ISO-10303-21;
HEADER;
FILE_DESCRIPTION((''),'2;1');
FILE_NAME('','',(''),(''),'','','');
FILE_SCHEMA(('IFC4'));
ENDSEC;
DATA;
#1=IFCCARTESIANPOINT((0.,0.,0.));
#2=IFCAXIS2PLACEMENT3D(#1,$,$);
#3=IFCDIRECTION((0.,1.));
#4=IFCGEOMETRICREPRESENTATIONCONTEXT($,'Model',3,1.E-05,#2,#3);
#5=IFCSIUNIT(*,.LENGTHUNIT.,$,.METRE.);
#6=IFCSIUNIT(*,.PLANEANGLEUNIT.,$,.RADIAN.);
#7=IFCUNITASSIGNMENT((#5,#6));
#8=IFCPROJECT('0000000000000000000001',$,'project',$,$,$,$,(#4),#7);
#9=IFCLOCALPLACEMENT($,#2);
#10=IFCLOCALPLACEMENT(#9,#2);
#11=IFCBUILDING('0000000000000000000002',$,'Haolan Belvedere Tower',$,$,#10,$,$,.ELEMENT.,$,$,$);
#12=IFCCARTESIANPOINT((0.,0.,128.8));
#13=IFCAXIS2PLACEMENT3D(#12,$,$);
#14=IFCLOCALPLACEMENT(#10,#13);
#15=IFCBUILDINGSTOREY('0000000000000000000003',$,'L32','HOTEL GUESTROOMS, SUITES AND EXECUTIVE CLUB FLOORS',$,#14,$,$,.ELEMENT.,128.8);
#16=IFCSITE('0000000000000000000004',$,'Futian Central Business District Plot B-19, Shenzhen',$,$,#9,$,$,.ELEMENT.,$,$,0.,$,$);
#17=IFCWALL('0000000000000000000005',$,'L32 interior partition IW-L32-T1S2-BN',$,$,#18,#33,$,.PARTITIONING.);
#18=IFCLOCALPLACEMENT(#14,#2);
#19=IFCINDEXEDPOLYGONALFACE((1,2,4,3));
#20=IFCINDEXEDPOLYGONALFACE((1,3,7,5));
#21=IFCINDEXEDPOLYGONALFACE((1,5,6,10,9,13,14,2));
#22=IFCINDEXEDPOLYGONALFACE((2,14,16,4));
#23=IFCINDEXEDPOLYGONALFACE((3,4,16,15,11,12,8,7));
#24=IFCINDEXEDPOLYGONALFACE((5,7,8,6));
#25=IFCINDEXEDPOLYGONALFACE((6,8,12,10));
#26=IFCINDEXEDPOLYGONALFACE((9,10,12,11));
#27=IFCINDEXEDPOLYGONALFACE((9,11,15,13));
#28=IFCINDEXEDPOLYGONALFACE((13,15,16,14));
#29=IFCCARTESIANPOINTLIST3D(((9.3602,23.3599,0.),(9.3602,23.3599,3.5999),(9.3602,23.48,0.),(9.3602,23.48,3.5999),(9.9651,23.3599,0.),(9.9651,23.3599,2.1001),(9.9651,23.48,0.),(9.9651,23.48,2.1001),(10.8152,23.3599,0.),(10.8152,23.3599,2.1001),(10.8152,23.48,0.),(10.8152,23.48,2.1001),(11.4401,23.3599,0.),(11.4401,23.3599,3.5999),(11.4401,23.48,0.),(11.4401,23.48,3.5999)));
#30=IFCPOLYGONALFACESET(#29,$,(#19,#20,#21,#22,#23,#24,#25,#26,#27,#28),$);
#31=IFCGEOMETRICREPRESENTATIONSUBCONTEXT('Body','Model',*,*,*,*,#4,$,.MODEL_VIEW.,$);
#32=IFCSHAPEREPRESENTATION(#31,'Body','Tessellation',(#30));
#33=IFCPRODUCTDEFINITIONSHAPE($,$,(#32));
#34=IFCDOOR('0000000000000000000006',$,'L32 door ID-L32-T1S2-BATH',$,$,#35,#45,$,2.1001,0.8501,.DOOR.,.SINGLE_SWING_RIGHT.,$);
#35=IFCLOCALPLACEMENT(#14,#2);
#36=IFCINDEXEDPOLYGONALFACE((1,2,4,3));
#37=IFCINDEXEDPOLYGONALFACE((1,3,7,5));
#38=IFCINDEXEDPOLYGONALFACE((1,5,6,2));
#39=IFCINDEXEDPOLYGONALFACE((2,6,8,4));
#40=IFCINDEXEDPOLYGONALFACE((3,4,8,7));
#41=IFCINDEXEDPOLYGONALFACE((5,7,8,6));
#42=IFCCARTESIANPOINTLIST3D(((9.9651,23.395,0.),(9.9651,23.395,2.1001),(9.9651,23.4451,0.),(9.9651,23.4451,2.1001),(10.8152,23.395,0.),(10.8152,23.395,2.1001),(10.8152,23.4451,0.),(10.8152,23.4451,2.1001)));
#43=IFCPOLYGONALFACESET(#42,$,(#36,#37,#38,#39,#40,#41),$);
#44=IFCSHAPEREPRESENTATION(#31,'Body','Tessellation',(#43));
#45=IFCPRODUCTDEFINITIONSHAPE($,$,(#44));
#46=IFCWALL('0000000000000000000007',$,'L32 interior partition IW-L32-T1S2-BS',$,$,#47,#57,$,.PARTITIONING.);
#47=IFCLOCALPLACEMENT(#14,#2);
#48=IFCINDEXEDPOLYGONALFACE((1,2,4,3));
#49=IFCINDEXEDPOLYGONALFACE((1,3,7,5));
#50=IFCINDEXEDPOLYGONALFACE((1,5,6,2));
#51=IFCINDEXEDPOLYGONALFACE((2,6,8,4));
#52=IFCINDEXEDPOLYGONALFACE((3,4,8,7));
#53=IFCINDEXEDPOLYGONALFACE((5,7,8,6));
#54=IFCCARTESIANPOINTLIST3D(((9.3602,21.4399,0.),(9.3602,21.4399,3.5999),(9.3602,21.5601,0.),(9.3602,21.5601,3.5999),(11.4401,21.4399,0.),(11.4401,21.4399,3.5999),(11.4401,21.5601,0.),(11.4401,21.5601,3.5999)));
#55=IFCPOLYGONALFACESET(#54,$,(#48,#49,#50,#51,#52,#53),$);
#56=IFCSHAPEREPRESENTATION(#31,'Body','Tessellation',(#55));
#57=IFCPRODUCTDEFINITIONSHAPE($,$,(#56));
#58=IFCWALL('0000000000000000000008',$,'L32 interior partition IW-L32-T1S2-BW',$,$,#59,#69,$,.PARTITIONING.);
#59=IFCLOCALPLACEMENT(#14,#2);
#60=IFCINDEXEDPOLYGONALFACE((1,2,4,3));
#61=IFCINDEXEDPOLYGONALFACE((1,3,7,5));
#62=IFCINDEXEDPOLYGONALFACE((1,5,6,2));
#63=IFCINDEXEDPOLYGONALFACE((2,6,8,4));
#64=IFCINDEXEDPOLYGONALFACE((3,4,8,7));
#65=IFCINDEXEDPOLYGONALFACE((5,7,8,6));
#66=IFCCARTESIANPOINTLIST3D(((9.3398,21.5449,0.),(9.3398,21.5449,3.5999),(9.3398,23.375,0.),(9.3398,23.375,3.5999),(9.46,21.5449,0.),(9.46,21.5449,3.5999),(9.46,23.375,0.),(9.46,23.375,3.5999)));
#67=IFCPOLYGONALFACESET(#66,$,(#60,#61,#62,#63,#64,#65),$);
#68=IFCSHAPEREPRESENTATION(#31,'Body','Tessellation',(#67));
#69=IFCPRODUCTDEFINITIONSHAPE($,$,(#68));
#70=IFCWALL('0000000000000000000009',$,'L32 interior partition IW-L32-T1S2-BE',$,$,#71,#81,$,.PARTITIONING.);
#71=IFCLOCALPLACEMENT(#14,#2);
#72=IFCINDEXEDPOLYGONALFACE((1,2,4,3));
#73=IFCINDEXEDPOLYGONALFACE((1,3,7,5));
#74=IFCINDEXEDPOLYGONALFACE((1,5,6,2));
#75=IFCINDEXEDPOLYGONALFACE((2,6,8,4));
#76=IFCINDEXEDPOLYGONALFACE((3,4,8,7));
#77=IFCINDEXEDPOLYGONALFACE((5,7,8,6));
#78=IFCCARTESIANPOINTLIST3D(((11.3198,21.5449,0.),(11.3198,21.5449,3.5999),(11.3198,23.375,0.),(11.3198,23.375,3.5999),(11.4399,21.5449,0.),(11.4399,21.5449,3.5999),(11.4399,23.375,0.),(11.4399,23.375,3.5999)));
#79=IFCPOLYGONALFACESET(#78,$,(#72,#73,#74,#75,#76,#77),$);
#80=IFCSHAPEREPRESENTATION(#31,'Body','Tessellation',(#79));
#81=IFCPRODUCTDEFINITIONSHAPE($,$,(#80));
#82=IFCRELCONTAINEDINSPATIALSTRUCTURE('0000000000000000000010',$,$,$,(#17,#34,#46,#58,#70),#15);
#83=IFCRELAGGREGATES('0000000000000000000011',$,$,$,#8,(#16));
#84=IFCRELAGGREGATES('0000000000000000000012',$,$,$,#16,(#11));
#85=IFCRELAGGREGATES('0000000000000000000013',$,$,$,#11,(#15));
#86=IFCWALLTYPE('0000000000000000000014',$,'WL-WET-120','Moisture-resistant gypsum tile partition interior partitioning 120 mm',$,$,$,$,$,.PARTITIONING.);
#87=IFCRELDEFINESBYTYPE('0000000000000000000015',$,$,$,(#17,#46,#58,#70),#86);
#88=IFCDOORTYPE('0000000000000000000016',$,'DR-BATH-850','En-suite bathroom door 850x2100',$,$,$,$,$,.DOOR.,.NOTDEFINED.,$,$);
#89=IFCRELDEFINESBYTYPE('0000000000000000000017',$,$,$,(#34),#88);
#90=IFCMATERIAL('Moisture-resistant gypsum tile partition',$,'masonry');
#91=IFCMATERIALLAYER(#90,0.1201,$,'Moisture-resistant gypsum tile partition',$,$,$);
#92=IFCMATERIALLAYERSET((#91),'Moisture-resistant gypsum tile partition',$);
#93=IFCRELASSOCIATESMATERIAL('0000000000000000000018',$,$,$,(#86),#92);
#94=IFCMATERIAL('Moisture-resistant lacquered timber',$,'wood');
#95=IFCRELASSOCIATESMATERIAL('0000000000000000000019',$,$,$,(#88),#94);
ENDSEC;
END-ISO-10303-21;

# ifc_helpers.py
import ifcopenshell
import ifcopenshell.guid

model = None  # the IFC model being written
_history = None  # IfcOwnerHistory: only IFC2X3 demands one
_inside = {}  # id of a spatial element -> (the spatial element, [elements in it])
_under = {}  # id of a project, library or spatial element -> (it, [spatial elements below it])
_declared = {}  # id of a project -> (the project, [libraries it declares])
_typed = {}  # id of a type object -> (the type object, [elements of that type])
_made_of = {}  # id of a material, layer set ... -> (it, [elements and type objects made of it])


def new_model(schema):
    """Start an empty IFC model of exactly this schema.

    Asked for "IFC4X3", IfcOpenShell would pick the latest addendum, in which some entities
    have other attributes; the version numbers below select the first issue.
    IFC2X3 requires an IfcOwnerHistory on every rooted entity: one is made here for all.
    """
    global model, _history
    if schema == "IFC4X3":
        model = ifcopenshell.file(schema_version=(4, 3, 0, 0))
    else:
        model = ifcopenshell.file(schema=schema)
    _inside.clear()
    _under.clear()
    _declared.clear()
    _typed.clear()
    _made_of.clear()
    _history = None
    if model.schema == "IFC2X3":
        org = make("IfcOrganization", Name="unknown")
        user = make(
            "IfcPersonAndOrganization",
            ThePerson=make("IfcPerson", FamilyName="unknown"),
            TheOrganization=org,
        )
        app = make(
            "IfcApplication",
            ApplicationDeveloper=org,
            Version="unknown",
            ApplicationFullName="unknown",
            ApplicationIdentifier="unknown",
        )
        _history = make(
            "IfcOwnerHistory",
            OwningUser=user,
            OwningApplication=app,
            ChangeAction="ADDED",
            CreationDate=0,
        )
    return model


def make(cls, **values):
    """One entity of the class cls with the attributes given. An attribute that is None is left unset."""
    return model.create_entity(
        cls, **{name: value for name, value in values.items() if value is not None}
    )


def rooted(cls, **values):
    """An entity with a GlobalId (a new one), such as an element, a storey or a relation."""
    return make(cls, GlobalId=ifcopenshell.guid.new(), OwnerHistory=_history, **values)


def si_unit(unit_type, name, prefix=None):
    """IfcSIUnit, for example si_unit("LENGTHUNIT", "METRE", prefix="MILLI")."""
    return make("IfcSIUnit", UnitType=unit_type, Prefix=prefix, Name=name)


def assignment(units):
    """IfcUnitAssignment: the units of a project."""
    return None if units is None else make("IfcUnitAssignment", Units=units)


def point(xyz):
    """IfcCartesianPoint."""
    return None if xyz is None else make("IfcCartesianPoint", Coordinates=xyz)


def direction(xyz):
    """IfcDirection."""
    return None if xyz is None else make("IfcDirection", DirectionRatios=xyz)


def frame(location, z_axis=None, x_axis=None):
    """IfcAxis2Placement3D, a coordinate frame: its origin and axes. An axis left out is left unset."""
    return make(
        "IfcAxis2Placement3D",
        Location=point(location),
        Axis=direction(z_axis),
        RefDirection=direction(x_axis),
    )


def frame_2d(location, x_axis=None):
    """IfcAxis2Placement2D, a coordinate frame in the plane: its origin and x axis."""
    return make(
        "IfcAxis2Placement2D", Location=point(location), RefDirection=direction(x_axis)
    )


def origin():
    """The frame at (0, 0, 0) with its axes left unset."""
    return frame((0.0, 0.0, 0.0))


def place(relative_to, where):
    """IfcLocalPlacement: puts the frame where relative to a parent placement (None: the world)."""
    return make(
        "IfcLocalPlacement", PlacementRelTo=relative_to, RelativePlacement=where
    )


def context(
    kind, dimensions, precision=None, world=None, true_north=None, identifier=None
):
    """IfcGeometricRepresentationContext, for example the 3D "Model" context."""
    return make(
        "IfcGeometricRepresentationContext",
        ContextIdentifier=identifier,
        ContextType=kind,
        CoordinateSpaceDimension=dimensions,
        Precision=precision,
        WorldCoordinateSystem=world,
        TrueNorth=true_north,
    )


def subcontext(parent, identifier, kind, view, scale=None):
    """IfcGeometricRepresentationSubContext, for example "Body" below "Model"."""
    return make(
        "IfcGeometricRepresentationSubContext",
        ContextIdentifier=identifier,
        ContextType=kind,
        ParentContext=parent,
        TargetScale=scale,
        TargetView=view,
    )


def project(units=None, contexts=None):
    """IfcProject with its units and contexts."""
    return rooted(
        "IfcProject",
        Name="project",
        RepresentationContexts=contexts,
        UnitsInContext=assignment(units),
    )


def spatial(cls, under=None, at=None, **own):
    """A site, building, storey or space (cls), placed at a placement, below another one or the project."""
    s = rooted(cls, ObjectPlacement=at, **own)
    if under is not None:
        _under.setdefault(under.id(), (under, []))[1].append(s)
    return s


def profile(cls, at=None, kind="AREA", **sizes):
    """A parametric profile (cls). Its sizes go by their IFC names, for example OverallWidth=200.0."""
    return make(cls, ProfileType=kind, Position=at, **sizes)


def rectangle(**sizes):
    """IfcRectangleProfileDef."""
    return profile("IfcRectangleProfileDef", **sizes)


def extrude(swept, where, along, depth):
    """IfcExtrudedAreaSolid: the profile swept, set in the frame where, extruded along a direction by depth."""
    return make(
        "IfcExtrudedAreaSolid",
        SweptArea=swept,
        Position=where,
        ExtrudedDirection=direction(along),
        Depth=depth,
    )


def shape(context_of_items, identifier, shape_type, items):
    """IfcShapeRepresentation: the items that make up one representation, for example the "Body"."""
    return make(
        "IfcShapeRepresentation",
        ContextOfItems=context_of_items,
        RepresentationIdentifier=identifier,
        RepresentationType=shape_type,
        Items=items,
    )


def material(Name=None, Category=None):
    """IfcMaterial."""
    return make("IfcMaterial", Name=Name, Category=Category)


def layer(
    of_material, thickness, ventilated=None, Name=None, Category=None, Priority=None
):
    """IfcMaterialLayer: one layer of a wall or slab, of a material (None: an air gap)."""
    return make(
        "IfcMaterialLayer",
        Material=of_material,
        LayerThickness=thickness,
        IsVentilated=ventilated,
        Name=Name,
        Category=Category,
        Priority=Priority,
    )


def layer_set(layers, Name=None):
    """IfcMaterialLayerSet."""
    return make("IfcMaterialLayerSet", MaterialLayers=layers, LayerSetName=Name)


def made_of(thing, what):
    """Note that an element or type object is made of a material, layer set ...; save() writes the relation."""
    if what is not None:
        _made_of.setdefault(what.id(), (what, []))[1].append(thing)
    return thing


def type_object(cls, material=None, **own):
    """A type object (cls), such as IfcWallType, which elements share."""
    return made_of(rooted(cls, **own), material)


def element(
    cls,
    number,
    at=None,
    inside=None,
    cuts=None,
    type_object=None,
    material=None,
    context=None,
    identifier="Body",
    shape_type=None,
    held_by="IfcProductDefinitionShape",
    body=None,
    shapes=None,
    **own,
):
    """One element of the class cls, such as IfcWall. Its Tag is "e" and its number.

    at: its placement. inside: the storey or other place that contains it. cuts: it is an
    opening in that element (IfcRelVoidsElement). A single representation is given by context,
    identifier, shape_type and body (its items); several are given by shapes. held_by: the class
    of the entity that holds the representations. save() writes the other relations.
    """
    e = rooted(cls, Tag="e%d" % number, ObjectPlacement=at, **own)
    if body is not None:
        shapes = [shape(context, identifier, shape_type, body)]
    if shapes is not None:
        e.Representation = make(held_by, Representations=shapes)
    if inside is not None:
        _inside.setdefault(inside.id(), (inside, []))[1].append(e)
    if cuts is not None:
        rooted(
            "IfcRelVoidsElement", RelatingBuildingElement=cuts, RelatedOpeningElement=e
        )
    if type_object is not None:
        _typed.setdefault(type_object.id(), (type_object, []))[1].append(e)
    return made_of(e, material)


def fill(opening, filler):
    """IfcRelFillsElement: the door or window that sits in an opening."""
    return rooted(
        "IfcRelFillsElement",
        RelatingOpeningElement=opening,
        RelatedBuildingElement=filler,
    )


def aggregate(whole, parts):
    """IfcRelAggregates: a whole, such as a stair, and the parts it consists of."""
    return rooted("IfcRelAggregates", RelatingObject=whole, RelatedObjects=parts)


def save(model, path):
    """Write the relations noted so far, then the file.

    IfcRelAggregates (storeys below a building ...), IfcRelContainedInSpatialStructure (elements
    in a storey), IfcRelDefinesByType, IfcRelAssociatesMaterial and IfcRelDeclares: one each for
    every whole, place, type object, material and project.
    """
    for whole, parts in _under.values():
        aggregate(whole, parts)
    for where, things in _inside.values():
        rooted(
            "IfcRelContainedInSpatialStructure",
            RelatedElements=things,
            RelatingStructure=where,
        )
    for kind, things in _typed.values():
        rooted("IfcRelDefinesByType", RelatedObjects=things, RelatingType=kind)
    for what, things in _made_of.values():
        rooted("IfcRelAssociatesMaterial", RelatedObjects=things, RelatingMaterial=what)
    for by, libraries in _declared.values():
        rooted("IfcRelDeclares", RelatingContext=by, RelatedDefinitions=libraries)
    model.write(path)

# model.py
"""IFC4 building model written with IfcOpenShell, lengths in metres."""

from ifc_helpers import new_model, si_unit, direction, frame, frame_2d, origin, place, context, subcontext, project, spatial, rectangle, extrude, material, layer, layer_set, type_object, element, fill, save


model = new_model("IFC4")

# Units and contexts
model_context = context("Model", 3, precision=1e-05, world=origin(), true_north=direction((0.0, 1.0)))
body_context = subcontext(model_context, "Body", "Model", "MODEL_VIEW")
ifc_project = project(units=[si_unit("LENGTHUNIT", "METRE"), si_unit("PLANEANGLEUNIT", "RADIAN")], contexts=[model_context])

# Site, building, storey
site_placement = place(None, origin())
site = spatial("IfcSite", under=ifc_project, at=site_placement, Name="Futian Central Business District Plot B-19, Shenzhen", CompositionType="ELEMENT", RefElevation=0.0)
building_placement = place(site_placement, origin())
building = spatial("IfcBuilding", under=site, at=building_placement, Name="Haolan Belvedere Tower", CompositionType="ELEMENT")
storey_placement = place(building_placement, frame((0.0, 0.0, 128.8)))
storey = spatial("IfcBuildingStorey", under=building, at=storey_placement, Name="L32", Description="HOTEL GUESTROOMS, SUITES AND EXECUTIVE CLUB FLOORS", CompositionType="ELEMENT", Elevation=128.8)

# Shared definitions
ifc_material_1 = material(Name="Moisture-resistant gypsum tile partition", Category="masonry")
ifc_layer_1 = layer(ifc_material_1, 0.1201, Name="Moisture-resistant gypsum tile partition")
ifc_layer_set_1 = layer_set([ifc_layer_1], Name="Moisture-resistant gypsum tile partition")
wall_type_1 = type_object("IfcWallType", Name="WL-WET-120", Description="Moisture-resistant gypsum tile partition interior partitioning 120 mm", PredefinedType="PARTITIONING", material=ifc_layer_set_1)

# Shared definitions
ifc_material_2 = material(Name="Moisture-resistant lacquered timber", Category="wood")
door_type_1 = type_object("IfcDoorType", Name="DR-BATH-850", Description="En-suite bathroom door 850x2100", OperationType="NOTDEFINED", PredefinedType="DOOR", material=ifc_material_2)

# Wall, opening, door
wall_1_placement = place(storey_placement, frame((9.3601, 23.4199, 0.0), z_axis=(0.0, 0.0, 1.0), x_axis=(1.0, 0.0, 0.0)))
wall_1 = element("IfcWall", 1, at=wall_1_placement, inside=storey, type_object=wall_type_1, Name="L32 interior partition IW-L32-T1S2-BN", PredefinedType="PARTITIONING", context=body_context, shape_type="SweptSolid", body=[
    extrude(rectangle(XDim=2.0798, YDim=0.1201, at=frame_2d((1.04, 0.0))), origin(), (0.0, 0.0, 1.0), 3.5999),
])
opening_1_placement = place(wall_1_placement, frame((1.4551, 0.0, 0.0), z_axis=(0.0, 0.0, 1.0), x_axis=(-1.0, 0.0, 0.0)))
opening_1 = element("IfcOpeningElement", 2, at=opening_1_placement, cuts=wall_1, PredefinedType="OPENING", context=body_context, shape_type="SweptSolid", body=[
    extrude(rectangle(XDim=0.8501, YDim=2.1001, at=frame_2d((0.425, 1.05))), frame((0.0, 0.0701, 0.0), z_axis=(0.0, -1.0, 0.0), x_axis=(1.0, 0.0, 0.0)), (0.0, 0.0, 1.0), 0.1401),
])
door_1_placement = place(opening_1_placement, origin())
door_1 = element("IfcDoor", 3, at=door_1_placement, inside=storey, type_object=door_type_1, Name="L32 door ID-L32-T1S2-BATH", OperationType="SINGLE_SWING_RIGHT", OverallHeight=2.1001, OverallWidth=0.8501, PredefinedType="DOOR", context=body_context, shape_type="SweptSolid", body=[
    extrude(rectangle(XDim=0.8501, YDim=2.1001, at=frame_2d((0.425, 1.05))), frame((0.0, 0.0249, 0.0), z_axis=(0.0, -1.0, 0.0), x_axis=(1.0, 0.0, 0.0)), (0.0, 0.0, 1.0), 0.05),
])
fill(opening_1, door_1)

# Walls
wall_2_placement = place(storey_placement, frame((9.3601, 21.5, 0.0), z_axis=(0.0, 0.0, 1.0), x_axis=(1.0, 0.0, 0.0)))
element("IfcWall", 4, at=wall_2_placement, inside=storey, type_object=wall_type_1, Name="L32 interior partition IW-L32-T1S2-BS", PredefinedType="PARTITIONING", context=body_context, shape_type="SweptSolid", body=[
    extrude(rectangle(XDim=2.0798, YDim=0.1201, at=frame_2d((1.04, 0.0))), origin(), (0.0, 0.0, 1.0), 3.5999),
])
for number, where, z_axis, x_axis, name in (
    (5, (9.3999, 21.5449, 0.0), (0.0, 0.0, 1.0), (0.0, 1.0, 0.0), "L32 interior partition IW-L32-T1S2-BW"),
    (6, (11.3799, 21.5449, 0.0), (0.0, 0.0, 1.0), (0.0, 1.0, 0.0), "L32 interior partition IW-L32-T1S2-BE"),
):
    element("IfcWall", number, at=place(storey_placement, frame(where, z_axis=z_axis, x_axis=x_axis)), inside=storey, type_object=wall_type_1, Name=name, PredefinedType="PARTITIONING", context=body_context, shape_type="SweptSolid", body=[
        extrude(rectangle(XDim=1.8301, YDim=0.1201, at=frame_2d((0.915, 0.0))), origin(), (0.0, 0.0, 1.0), 3.5999),
    ])

save(model, "model.ifc")
